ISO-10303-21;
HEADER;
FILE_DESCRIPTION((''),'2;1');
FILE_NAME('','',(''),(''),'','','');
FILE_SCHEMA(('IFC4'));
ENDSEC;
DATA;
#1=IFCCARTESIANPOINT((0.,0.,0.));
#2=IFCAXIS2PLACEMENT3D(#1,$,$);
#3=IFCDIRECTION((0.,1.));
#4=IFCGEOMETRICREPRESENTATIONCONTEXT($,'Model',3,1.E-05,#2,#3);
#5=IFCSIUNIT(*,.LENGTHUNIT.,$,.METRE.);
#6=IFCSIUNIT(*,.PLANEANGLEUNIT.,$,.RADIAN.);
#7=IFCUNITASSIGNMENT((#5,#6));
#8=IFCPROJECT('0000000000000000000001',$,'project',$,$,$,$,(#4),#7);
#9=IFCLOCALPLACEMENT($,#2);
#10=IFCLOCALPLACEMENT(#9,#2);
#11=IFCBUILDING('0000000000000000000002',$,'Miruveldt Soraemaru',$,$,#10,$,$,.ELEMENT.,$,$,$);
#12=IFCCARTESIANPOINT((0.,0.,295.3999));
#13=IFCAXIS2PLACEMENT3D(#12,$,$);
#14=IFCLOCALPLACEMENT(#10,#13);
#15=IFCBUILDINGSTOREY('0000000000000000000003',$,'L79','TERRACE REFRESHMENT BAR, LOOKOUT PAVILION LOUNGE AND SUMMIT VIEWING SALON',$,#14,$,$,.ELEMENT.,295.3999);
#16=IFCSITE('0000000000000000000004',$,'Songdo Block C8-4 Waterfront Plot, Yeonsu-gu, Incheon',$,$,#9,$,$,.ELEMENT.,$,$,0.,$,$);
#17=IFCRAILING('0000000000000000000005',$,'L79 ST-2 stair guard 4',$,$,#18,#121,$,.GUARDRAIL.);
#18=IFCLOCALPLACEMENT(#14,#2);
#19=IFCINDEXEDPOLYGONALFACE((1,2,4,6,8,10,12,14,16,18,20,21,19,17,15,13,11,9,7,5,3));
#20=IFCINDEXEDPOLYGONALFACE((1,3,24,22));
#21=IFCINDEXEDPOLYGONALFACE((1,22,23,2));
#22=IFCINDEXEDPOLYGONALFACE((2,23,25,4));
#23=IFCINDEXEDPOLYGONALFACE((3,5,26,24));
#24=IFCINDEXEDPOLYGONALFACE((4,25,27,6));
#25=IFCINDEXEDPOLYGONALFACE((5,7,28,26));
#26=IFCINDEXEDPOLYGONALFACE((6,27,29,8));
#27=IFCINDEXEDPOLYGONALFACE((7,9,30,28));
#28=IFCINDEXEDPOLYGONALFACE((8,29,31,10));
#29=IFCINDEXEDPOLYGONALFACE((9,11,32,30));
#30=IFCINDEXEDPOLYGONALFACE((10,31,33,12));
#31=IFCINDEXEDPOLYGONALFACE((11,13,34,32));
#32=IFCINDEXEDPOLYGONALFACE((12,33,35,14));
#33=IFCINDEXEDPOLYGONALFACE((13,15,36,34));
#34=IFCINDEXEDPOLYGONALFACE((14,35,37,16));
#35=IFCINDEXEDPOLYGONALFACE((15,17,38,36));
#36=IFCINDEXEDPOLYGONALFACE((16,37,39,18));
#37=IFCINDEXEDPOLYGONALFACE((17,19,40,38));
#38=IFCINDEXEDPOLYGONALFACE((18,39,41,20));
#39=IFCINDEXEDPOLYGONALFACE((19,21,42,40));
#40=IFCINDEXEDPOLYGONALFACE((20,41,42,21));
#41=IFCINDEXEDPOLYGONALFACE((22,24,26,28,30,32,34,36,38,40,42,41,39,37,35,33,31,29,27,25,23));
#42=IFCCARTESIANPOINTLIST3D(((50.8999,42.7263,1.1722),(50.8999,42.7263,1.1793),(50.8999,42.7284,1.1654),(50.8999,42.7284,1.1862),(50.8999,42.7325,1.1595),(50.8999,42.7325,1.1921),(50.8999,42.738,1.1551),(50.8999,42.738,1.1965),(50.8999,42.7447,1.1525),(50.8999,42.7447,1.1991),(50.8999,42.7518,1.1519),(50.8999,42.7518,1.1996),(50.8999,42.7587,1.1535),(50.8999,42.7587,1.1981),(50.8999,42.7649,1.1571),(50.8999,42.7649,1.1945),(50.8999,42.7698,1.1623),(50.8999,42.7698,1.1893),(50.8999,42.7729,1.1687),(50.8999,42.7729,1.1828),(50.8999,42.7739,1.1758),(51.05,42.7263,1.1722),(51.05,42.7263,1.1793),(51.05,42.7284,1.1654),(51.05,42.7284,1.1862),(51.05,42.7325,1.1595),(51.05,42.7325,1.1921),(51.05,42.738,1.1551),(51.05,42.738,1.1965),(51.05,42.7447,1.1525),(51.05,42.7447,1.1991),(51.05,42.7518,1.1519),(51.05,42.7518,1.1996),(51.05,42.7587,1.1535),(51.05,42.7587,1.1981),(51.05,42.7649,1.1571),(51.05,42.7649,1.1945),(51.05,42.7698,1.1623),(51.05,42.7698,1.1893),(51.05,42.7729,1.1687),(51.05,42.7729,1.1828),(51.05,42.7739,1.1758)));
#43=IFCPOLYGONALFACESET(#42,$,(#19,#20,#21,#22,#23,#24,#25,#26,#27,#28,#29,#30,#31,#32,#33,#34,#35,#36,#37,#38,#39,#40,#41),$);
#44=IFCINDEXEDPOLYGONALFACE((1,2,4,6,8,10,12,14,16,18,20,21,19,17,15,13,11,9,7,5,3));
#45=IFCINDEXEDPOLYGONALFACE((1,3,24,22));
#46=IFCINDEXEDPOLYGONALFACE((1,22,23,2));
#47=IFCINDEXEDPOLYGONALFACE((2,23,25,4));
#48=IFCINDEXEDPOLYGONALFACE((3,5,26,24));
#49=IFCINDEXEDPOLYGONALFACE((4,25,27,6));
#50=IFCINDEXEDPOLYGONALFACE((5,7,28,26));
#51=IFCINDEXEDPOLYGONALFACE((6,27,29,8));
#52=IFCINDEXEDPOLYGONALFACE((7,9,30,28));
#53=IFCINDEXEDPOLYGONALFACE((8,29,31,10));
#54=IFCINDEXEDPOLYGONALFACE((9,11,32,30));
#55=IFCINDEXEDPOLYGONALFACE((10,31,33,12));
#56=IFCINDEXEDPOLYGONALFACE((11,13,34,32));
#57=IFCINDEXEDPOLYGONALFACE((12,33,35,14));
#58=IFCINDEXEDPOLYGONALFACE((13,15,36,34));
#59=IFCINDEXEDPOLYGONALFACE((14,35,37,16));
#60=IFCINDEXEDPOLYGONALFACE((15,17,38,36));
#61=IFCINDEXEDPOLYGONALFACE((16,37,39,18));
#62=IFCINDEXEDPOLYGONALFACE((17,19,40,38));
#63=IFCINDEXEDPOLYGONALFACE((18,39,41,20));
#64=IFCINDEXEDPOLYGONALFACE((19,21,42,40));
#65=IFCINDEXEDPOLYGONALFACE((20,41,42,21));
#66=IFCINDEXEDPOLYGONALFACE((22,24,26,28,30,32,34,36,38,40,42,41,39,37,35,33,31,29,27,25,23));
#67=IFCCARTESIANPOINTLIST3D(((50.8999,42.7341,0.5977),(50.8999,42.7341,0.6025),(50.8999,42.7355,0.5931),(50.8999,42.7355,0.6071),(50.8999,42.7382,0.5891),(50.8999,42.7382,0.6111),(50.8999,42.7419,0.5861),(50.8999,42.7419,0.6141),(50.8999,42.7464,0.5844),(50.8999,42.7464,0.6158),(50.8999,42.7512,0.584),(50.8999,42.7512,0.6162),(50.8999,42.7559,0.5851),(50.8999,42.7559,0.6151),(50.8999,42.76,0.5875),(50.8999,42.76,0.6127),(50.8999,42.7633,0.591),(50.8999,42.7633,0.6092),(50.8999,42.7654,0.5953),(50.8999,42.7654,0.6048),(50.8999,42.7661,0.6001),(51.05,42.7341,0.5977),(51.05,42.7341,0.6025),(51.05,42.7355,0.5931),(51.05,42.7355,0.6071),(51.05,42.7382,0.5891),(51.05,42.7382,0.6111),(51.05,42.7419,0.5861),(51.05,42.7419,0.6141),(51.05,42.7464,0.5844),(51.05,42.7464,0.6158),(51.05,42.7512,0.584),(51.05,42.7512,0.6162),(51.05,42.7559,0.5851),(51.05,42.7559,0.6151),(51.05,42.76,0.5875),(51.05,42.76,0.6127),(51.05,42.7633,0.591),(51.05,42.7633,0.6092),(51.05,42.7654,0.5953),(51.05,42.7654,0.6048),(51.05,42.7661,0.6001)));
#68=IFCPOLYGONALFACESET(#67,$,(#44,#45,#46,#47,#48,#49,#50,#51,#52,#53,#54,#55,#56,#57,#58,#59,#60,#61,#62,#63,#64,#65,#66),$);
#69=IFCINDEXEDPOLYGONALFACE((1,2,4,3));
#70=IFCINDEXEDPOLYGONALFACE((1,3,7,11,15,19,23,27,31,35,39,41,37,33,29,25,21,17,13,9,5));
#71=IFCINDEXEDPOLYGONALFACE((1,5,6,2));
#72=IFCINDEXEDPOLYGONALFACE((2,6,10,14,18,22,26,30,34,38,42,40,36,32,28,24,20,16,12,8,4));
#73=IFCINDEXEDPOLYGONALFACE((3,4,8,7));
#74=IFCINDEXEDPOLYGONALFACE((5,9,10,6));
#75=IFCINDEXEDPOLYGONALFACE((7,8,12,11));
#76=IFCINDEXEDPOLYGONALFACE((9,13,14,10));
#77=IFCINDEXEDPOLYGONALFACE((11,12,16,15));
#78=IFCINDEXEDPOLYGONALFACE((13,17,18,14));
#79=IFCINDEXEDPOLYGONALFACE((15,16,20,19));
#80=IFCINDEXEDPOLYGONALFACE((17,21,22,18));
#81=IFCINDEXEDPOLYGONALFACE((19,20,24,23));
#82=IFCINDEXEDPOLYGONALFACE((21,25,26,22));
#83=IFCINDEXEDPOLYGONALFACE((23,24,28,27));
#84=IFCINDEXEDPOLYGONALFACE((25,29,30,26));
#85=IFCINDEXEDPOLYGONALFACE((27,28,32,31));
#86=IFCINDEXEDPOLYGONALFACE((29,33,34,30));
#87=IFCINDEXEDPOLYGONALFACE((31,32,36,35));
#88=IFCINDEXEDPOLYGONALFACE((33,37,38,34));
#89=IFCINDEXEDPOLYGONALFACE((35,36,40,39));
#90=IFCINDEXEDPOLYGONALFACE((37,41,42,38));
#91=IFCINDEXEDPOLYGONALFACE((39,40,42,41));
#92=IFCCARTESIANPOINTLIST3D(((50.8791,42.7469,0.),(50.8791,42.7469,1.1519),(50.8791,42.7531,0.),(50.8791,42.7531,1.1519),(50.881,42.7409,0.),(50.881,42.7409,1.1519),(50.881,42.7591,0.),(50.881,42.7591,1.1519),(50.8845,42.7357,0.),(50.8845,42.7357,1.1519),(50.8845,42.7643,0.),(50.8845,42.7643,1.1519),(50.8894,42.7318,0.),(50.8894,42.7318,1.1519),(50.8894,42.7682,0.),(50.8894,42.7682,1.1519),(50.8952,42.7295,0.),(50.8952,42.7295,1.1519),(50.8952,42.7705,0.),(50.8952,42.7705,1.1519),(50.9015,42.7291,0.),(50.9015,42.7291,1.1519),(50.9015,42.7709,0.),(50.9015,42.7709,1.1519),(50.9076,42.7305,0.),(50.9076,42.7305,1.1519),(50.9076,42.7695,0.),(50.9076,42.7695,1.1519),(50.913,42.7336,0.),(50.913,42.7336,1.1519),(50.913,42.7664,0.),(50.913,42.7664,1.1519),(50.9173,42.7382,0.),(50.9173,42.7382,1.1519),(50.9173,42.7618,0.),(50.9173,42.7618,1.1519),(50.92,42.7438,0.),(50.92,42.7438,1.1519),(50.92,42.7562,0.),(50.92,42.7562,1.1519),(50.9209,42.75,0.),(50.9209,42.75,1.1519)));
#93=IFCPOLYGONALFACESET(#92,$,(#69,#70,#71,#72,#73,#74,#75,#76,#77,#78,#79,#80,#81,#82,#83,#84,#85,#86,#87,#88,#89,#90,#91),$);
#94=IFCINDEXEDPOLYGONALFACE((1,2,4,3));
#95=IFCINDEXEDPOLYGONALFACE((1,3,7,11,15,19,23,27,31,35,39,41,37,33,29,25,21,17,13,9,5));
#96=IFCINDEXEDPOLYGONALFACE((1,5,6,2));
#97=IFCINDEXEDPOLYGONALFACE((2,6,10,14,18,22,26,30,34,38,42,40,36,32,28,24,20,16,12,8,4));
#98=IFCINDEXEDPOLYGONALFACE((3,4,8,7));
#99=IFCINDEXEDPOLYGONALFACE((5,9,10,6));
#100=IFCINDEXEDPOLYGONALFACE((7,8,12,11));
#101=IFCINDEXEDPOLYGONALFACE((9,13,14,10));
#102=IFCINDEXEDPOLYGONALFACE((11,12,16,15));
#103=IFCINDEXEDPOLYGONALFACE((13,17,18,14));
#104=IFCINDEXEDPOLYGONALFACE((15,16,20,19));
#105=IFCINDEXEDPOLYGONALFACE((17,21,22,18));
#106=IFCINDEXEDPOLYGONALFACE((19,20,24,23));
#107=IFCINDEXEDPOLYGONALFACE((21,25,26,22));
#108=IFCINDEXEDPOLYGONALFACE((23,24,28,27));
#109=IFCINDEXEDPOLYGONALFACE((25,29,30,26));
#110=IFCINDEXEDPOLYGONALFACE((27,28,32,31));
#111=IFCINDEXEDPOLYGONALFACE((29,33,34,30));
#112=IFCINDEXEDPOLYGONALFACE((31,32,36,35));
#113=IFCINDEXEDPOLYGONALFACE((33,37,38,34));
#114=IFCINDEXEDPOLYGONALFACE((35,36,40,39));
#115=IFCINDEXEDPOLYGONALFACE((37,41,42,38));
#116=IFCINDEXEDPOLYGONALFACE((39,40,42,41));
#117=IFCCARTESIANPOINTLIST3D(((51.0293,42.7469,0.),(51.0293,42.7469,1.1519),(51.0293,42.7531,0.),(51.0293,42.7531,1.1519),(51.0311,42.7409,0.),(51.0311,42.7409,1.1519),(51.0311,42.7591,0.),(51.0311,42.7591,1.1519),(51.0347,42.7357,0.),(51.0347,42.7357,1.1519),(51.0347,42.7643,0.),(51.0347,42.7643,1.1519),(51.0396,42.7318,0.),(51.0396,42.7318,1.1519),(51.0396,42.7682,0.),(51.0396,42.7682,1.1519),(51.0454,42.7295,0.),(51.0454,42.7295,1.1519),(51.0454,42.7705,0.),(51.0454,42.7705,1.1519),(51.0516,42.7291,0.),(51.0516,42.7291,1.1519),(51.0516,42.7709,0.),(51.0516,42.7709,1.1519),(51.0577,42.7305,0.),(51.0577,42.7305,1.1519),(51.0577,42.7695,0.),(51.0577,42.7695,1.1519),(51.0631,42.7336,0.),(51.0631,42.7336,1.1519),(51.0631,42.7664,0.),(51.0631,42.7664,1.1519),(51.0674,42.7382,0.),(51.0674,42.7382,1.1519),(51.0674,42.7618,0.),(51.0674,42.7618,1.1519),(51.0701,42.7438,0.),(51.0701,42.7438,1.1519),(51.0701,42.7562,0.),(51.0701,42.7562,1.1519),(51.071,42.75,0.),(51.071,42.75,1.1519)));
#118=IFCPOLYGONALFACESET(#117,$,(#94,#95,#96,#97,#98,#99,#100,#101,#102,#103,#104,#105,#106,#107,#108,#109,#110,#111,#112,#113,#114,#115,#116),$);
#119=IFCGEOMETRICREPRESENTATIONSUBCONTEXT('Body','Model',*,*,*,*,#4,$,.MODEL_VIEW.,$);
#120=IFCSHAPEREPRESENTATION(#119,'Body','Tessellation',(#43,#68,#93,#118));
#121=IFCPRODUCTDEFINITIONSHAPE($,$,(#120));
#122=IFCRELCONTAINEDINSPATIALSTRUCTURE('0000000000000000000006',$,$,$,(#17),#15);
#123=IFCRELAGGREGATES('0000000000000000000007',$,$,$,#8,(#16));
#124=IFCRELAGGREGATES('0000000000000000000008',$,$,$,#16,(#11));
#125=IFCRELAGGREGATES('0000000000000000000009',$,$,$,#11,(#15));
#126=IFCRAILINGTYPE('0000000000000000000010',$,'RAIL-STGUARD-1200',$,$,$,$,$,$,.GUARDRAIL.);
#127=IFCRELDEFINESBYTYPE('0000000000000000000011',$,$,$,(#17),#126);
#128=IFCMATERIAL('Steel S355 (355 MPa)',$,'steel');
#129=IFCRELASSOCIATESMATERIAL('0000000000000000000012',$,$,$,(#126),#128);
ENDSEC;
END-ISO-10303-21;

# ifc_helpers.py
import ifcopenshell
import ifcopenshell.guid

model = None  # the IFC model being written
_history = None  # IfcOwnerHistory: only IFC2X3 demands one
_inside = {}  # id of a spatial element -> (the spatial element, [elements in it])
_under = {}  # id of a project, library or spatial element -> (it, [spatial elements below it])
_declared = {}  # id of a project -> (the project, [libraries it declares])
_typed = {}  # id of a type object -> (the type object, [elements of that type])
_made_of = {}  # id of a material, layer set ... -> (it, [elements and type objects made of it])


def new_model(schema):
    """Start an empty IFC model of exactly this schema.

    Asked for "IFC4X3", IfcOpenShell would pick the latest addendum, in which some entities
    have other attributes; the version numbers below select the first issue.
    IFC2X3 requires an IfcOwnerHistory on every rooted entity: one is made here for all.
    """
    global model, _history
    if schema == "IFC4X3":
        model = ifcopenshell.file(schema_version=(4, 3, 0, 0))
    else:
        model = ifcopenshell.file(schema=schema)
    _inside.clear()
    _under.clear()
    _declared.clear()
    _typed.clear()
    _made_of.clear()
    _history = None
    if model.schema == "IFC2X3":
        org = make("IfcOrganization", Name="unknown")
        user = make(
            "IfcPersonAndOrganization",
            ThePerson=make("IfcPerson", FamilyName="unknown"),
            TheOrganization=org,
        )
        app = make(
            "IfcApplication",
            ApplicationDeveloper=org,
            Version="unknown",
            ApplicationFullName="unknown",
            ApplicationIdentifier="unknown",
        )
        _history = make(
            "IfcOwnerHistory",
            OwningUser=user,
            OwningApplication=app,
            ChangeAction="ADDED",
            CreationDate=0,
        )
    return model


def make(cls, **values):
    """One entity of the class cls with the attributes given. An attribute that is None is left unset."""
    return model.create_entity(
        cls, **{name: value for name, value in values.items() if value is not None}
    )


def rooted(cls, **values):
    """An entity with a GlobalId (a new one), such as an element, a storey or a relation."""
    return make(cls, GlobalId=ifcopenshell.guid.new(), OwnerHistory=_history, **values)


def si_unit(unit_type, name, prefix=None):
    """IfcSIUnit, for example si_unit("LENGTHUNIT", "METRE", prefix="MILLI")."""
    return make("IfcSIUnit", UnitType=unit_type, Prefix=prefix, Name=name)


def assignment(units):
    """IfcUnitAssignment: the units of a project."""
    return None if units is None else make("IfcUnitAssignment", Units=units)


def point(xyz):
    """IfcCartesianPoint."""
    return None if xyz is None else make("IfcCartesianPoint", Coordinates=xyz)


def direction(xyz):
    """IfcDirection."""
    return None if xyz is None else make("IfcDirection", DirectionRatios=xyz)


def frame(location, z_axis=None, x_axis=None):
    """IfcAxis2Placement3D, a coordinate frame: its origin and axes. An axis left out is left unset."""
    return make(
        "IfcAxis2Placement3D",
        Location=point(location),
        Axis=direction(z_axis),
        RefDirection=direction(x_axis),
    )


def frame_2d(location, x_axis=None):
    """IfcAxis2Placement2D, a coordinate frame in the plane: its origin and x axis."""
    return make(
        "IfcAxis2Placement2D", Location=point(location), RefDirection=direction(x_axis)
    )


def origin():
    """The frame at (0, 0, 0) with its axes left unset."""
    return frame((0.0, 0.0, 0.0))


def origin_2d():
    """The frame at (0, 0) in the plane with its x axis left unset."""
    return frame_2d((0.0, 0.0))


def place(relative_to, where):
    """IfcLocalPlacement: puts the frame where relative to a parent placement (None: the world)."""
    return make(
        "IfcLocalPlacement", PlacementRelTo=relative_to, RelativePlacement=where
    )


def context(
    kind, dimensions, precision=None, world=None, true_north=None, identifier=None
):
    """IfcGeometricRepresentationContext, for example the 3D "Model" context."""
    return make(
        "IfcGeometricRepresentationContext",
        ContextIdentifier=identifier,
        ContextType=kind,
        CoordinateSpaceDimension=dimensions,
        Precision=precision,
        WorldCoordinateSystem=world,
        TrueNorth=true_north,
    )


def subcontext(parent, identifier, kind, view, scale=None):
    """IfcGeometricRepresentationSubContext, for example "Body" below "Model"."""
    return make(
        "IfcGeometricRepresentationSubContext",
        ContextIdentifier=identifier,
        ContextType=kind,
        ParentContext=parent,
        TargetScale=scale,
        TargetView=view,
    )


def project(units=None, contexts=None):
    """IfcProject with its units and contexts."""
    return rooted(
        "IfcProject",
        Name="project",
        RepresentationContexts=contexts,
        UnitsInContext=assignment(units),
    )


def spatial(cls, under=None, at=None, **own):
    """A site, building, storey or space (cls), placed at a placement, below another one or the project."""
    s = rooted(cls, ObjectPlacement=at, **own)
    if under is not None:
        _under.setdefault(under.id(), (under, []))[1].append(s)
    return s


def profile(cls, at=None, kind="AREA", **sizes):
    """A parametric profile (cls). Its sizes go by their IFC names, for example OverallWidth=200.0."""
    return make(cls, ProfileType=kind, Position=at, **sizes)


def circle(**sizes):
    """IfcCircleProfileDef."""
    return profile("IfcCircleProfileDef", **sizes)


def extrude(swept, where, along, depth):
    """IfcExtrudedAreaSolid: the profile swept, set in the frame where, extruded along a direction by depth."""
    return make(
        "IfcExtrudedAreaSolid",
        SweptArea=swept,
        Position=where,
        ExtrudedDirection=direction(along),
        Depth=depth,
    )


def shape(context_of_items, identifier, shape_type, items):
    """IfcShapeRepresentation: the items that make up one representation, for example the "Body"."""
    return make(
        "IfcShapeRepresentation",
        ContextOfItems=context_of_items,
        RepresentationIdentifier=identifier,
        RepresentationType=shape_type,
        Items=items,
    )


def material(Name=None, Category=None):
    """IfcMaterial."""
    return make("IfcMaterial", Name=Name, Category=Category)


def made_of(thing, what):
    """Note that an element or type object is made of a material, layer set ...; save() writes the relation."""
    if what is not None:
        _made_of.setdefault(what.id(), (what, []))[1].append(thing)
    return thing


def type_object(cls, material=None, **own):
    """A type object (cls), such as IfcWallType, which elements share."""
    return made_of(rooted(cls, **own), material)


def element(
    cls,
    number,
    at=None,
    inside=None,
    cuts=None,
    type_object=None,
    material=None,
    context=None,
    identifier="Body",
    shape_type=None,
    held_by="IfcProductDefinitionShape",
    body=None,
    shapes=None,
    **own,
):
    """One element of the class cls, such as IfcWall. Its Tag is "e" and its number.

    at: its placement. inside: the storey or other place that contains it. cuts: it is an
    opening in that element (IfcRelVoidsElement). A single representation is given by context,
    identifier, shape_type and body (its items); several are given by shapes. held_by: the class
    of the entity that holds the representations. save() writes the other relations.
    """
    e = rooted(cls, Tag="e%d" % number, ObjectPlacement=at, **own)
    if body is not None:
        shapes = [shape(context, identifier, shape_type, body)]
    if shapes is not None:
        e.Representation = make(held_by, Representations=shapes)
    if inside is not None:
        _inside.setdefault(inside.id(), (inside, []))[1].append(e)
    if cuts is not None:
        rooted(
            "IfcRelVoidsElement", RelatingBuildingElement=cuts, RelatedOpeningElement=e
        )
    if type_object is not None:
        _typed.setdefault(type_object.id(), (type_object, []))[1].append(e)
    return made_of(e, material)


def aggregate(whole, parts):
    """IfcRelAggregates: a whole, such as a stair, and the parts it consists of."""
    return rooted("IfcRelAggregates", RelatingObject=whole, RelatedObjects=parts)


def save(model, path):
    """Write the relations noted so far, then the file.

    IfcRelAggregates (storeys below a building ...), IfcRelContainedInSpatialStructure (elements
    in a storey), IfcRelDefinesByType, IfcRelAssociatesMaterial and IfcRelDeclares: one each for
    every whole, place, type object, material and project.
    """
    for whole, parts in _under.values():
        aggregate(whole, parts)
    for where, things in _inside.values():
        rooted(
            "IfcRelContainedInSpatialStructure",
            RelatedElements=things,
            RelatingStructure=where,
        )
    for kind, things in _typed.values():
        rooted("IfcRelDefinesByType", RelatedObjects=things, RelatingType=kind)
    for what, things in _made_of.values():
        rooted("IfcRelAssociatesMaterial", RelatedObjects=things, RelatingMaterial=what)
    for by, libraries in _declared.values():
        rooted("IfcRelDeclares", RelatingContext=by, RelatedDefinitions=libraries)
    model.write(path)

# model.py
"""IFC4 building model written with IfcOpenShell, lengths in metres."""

from ifc_helpers import new_model, si_unit, direction, frame, origin, origin_2d, place, context, subcontext, project, spatial, circle, extrude, material, type_object, element, save


model = new_model("IFC4")

# Units and contexts
model_context = context("Model", 3, precision=1e-05, world=origin(), true_north=direction((0.0, 1.0)))
body_context = subcontext(model_context, "Body", "Model", "MODEL_VIEW")
ifc_project = project(units=[si_unit("LENGTHUNIT", "METRE"), si_unit("PLANEANGLEUNIT", "RADIAN")], contexts=[model_context])

# Site, building, storey
site_placement = place(None, origin())
site = spatial("IfcSite", under=ifc_project, at=site_placement, Name="Songdo Block C8-4 Waterfront Plot, Yeonsu-gu, Incheon", CompositionType="ELEMENT", RefElevation=0.0)
building_placement = place(site_placement, origin())
building = spatial("IfcBuilding", under=site, at=building_placement, Name="Miruveldt Soraemaru", CompositionType="ELEMENT")
storey_placement = place(building_placement, frame((0.0, 0.0, 295.3999)))
storey = spatial("IfcBuildingStorey", under=building, at=storey_placement, Name="L79", Description="TERRACE REFRESHMENT BAR, LOOKOUT PAVILION LOUNGE AND SUMMIT VIEWING SALON", CompositionType="ELEMENT", Elevation=295.3999)

# Railing
ifc_material_1 = material(Name="Steel S355 (355 MPa)", Category="steel")
railing_type_1 = type_object("IfcRailingType", Name="RAIL-STGUARD-1200", PredefinedType="GUARDRAIL", material=ifc_material_1)
railing_1_placement = place(storey_placement, frame((50.8999, 42.75, 0.0)))
element("IfcRailing", 1, at=railing_1_placement, inside=storey, type_object=railing_type_1, Name="L79 ST-2 stair guard 4", PredefinedType="GUARDRAIL", context=body_context, shape_type="SweptSolid", body=[
    extrude(circle(Radius=0.0239, at=origin_2d()), frame((0.0, 0.0, 1.1758), z_axis=(1.0, 0.0, 0.0), x_axis=(0.0, 1.0, 0.0)), (0.0, 0.0, 1.0), 0.1501),
    extrude(circle(Radius=0.0161, at=origin_2d()), frame((0.0, 0.0, 0.6001), z_axis=(1.0, 0.0, 0.0), x_axis=(0.0, 1.0, 0.0)), (0.0, 0.0, 1.0), 0.1501),
    extrude(circle(Radius=0.021, at=origin_2d()), origin(), (0.0, 0.0, 1.0), 1.1519),
    extrude(circle(Radius=0.021, at=origin_2d()), frame((0.1501, 0.0, 0.0)), (0.0, 0.0, 1.0), 1.1519),
])

save(model, "model.ifc")
